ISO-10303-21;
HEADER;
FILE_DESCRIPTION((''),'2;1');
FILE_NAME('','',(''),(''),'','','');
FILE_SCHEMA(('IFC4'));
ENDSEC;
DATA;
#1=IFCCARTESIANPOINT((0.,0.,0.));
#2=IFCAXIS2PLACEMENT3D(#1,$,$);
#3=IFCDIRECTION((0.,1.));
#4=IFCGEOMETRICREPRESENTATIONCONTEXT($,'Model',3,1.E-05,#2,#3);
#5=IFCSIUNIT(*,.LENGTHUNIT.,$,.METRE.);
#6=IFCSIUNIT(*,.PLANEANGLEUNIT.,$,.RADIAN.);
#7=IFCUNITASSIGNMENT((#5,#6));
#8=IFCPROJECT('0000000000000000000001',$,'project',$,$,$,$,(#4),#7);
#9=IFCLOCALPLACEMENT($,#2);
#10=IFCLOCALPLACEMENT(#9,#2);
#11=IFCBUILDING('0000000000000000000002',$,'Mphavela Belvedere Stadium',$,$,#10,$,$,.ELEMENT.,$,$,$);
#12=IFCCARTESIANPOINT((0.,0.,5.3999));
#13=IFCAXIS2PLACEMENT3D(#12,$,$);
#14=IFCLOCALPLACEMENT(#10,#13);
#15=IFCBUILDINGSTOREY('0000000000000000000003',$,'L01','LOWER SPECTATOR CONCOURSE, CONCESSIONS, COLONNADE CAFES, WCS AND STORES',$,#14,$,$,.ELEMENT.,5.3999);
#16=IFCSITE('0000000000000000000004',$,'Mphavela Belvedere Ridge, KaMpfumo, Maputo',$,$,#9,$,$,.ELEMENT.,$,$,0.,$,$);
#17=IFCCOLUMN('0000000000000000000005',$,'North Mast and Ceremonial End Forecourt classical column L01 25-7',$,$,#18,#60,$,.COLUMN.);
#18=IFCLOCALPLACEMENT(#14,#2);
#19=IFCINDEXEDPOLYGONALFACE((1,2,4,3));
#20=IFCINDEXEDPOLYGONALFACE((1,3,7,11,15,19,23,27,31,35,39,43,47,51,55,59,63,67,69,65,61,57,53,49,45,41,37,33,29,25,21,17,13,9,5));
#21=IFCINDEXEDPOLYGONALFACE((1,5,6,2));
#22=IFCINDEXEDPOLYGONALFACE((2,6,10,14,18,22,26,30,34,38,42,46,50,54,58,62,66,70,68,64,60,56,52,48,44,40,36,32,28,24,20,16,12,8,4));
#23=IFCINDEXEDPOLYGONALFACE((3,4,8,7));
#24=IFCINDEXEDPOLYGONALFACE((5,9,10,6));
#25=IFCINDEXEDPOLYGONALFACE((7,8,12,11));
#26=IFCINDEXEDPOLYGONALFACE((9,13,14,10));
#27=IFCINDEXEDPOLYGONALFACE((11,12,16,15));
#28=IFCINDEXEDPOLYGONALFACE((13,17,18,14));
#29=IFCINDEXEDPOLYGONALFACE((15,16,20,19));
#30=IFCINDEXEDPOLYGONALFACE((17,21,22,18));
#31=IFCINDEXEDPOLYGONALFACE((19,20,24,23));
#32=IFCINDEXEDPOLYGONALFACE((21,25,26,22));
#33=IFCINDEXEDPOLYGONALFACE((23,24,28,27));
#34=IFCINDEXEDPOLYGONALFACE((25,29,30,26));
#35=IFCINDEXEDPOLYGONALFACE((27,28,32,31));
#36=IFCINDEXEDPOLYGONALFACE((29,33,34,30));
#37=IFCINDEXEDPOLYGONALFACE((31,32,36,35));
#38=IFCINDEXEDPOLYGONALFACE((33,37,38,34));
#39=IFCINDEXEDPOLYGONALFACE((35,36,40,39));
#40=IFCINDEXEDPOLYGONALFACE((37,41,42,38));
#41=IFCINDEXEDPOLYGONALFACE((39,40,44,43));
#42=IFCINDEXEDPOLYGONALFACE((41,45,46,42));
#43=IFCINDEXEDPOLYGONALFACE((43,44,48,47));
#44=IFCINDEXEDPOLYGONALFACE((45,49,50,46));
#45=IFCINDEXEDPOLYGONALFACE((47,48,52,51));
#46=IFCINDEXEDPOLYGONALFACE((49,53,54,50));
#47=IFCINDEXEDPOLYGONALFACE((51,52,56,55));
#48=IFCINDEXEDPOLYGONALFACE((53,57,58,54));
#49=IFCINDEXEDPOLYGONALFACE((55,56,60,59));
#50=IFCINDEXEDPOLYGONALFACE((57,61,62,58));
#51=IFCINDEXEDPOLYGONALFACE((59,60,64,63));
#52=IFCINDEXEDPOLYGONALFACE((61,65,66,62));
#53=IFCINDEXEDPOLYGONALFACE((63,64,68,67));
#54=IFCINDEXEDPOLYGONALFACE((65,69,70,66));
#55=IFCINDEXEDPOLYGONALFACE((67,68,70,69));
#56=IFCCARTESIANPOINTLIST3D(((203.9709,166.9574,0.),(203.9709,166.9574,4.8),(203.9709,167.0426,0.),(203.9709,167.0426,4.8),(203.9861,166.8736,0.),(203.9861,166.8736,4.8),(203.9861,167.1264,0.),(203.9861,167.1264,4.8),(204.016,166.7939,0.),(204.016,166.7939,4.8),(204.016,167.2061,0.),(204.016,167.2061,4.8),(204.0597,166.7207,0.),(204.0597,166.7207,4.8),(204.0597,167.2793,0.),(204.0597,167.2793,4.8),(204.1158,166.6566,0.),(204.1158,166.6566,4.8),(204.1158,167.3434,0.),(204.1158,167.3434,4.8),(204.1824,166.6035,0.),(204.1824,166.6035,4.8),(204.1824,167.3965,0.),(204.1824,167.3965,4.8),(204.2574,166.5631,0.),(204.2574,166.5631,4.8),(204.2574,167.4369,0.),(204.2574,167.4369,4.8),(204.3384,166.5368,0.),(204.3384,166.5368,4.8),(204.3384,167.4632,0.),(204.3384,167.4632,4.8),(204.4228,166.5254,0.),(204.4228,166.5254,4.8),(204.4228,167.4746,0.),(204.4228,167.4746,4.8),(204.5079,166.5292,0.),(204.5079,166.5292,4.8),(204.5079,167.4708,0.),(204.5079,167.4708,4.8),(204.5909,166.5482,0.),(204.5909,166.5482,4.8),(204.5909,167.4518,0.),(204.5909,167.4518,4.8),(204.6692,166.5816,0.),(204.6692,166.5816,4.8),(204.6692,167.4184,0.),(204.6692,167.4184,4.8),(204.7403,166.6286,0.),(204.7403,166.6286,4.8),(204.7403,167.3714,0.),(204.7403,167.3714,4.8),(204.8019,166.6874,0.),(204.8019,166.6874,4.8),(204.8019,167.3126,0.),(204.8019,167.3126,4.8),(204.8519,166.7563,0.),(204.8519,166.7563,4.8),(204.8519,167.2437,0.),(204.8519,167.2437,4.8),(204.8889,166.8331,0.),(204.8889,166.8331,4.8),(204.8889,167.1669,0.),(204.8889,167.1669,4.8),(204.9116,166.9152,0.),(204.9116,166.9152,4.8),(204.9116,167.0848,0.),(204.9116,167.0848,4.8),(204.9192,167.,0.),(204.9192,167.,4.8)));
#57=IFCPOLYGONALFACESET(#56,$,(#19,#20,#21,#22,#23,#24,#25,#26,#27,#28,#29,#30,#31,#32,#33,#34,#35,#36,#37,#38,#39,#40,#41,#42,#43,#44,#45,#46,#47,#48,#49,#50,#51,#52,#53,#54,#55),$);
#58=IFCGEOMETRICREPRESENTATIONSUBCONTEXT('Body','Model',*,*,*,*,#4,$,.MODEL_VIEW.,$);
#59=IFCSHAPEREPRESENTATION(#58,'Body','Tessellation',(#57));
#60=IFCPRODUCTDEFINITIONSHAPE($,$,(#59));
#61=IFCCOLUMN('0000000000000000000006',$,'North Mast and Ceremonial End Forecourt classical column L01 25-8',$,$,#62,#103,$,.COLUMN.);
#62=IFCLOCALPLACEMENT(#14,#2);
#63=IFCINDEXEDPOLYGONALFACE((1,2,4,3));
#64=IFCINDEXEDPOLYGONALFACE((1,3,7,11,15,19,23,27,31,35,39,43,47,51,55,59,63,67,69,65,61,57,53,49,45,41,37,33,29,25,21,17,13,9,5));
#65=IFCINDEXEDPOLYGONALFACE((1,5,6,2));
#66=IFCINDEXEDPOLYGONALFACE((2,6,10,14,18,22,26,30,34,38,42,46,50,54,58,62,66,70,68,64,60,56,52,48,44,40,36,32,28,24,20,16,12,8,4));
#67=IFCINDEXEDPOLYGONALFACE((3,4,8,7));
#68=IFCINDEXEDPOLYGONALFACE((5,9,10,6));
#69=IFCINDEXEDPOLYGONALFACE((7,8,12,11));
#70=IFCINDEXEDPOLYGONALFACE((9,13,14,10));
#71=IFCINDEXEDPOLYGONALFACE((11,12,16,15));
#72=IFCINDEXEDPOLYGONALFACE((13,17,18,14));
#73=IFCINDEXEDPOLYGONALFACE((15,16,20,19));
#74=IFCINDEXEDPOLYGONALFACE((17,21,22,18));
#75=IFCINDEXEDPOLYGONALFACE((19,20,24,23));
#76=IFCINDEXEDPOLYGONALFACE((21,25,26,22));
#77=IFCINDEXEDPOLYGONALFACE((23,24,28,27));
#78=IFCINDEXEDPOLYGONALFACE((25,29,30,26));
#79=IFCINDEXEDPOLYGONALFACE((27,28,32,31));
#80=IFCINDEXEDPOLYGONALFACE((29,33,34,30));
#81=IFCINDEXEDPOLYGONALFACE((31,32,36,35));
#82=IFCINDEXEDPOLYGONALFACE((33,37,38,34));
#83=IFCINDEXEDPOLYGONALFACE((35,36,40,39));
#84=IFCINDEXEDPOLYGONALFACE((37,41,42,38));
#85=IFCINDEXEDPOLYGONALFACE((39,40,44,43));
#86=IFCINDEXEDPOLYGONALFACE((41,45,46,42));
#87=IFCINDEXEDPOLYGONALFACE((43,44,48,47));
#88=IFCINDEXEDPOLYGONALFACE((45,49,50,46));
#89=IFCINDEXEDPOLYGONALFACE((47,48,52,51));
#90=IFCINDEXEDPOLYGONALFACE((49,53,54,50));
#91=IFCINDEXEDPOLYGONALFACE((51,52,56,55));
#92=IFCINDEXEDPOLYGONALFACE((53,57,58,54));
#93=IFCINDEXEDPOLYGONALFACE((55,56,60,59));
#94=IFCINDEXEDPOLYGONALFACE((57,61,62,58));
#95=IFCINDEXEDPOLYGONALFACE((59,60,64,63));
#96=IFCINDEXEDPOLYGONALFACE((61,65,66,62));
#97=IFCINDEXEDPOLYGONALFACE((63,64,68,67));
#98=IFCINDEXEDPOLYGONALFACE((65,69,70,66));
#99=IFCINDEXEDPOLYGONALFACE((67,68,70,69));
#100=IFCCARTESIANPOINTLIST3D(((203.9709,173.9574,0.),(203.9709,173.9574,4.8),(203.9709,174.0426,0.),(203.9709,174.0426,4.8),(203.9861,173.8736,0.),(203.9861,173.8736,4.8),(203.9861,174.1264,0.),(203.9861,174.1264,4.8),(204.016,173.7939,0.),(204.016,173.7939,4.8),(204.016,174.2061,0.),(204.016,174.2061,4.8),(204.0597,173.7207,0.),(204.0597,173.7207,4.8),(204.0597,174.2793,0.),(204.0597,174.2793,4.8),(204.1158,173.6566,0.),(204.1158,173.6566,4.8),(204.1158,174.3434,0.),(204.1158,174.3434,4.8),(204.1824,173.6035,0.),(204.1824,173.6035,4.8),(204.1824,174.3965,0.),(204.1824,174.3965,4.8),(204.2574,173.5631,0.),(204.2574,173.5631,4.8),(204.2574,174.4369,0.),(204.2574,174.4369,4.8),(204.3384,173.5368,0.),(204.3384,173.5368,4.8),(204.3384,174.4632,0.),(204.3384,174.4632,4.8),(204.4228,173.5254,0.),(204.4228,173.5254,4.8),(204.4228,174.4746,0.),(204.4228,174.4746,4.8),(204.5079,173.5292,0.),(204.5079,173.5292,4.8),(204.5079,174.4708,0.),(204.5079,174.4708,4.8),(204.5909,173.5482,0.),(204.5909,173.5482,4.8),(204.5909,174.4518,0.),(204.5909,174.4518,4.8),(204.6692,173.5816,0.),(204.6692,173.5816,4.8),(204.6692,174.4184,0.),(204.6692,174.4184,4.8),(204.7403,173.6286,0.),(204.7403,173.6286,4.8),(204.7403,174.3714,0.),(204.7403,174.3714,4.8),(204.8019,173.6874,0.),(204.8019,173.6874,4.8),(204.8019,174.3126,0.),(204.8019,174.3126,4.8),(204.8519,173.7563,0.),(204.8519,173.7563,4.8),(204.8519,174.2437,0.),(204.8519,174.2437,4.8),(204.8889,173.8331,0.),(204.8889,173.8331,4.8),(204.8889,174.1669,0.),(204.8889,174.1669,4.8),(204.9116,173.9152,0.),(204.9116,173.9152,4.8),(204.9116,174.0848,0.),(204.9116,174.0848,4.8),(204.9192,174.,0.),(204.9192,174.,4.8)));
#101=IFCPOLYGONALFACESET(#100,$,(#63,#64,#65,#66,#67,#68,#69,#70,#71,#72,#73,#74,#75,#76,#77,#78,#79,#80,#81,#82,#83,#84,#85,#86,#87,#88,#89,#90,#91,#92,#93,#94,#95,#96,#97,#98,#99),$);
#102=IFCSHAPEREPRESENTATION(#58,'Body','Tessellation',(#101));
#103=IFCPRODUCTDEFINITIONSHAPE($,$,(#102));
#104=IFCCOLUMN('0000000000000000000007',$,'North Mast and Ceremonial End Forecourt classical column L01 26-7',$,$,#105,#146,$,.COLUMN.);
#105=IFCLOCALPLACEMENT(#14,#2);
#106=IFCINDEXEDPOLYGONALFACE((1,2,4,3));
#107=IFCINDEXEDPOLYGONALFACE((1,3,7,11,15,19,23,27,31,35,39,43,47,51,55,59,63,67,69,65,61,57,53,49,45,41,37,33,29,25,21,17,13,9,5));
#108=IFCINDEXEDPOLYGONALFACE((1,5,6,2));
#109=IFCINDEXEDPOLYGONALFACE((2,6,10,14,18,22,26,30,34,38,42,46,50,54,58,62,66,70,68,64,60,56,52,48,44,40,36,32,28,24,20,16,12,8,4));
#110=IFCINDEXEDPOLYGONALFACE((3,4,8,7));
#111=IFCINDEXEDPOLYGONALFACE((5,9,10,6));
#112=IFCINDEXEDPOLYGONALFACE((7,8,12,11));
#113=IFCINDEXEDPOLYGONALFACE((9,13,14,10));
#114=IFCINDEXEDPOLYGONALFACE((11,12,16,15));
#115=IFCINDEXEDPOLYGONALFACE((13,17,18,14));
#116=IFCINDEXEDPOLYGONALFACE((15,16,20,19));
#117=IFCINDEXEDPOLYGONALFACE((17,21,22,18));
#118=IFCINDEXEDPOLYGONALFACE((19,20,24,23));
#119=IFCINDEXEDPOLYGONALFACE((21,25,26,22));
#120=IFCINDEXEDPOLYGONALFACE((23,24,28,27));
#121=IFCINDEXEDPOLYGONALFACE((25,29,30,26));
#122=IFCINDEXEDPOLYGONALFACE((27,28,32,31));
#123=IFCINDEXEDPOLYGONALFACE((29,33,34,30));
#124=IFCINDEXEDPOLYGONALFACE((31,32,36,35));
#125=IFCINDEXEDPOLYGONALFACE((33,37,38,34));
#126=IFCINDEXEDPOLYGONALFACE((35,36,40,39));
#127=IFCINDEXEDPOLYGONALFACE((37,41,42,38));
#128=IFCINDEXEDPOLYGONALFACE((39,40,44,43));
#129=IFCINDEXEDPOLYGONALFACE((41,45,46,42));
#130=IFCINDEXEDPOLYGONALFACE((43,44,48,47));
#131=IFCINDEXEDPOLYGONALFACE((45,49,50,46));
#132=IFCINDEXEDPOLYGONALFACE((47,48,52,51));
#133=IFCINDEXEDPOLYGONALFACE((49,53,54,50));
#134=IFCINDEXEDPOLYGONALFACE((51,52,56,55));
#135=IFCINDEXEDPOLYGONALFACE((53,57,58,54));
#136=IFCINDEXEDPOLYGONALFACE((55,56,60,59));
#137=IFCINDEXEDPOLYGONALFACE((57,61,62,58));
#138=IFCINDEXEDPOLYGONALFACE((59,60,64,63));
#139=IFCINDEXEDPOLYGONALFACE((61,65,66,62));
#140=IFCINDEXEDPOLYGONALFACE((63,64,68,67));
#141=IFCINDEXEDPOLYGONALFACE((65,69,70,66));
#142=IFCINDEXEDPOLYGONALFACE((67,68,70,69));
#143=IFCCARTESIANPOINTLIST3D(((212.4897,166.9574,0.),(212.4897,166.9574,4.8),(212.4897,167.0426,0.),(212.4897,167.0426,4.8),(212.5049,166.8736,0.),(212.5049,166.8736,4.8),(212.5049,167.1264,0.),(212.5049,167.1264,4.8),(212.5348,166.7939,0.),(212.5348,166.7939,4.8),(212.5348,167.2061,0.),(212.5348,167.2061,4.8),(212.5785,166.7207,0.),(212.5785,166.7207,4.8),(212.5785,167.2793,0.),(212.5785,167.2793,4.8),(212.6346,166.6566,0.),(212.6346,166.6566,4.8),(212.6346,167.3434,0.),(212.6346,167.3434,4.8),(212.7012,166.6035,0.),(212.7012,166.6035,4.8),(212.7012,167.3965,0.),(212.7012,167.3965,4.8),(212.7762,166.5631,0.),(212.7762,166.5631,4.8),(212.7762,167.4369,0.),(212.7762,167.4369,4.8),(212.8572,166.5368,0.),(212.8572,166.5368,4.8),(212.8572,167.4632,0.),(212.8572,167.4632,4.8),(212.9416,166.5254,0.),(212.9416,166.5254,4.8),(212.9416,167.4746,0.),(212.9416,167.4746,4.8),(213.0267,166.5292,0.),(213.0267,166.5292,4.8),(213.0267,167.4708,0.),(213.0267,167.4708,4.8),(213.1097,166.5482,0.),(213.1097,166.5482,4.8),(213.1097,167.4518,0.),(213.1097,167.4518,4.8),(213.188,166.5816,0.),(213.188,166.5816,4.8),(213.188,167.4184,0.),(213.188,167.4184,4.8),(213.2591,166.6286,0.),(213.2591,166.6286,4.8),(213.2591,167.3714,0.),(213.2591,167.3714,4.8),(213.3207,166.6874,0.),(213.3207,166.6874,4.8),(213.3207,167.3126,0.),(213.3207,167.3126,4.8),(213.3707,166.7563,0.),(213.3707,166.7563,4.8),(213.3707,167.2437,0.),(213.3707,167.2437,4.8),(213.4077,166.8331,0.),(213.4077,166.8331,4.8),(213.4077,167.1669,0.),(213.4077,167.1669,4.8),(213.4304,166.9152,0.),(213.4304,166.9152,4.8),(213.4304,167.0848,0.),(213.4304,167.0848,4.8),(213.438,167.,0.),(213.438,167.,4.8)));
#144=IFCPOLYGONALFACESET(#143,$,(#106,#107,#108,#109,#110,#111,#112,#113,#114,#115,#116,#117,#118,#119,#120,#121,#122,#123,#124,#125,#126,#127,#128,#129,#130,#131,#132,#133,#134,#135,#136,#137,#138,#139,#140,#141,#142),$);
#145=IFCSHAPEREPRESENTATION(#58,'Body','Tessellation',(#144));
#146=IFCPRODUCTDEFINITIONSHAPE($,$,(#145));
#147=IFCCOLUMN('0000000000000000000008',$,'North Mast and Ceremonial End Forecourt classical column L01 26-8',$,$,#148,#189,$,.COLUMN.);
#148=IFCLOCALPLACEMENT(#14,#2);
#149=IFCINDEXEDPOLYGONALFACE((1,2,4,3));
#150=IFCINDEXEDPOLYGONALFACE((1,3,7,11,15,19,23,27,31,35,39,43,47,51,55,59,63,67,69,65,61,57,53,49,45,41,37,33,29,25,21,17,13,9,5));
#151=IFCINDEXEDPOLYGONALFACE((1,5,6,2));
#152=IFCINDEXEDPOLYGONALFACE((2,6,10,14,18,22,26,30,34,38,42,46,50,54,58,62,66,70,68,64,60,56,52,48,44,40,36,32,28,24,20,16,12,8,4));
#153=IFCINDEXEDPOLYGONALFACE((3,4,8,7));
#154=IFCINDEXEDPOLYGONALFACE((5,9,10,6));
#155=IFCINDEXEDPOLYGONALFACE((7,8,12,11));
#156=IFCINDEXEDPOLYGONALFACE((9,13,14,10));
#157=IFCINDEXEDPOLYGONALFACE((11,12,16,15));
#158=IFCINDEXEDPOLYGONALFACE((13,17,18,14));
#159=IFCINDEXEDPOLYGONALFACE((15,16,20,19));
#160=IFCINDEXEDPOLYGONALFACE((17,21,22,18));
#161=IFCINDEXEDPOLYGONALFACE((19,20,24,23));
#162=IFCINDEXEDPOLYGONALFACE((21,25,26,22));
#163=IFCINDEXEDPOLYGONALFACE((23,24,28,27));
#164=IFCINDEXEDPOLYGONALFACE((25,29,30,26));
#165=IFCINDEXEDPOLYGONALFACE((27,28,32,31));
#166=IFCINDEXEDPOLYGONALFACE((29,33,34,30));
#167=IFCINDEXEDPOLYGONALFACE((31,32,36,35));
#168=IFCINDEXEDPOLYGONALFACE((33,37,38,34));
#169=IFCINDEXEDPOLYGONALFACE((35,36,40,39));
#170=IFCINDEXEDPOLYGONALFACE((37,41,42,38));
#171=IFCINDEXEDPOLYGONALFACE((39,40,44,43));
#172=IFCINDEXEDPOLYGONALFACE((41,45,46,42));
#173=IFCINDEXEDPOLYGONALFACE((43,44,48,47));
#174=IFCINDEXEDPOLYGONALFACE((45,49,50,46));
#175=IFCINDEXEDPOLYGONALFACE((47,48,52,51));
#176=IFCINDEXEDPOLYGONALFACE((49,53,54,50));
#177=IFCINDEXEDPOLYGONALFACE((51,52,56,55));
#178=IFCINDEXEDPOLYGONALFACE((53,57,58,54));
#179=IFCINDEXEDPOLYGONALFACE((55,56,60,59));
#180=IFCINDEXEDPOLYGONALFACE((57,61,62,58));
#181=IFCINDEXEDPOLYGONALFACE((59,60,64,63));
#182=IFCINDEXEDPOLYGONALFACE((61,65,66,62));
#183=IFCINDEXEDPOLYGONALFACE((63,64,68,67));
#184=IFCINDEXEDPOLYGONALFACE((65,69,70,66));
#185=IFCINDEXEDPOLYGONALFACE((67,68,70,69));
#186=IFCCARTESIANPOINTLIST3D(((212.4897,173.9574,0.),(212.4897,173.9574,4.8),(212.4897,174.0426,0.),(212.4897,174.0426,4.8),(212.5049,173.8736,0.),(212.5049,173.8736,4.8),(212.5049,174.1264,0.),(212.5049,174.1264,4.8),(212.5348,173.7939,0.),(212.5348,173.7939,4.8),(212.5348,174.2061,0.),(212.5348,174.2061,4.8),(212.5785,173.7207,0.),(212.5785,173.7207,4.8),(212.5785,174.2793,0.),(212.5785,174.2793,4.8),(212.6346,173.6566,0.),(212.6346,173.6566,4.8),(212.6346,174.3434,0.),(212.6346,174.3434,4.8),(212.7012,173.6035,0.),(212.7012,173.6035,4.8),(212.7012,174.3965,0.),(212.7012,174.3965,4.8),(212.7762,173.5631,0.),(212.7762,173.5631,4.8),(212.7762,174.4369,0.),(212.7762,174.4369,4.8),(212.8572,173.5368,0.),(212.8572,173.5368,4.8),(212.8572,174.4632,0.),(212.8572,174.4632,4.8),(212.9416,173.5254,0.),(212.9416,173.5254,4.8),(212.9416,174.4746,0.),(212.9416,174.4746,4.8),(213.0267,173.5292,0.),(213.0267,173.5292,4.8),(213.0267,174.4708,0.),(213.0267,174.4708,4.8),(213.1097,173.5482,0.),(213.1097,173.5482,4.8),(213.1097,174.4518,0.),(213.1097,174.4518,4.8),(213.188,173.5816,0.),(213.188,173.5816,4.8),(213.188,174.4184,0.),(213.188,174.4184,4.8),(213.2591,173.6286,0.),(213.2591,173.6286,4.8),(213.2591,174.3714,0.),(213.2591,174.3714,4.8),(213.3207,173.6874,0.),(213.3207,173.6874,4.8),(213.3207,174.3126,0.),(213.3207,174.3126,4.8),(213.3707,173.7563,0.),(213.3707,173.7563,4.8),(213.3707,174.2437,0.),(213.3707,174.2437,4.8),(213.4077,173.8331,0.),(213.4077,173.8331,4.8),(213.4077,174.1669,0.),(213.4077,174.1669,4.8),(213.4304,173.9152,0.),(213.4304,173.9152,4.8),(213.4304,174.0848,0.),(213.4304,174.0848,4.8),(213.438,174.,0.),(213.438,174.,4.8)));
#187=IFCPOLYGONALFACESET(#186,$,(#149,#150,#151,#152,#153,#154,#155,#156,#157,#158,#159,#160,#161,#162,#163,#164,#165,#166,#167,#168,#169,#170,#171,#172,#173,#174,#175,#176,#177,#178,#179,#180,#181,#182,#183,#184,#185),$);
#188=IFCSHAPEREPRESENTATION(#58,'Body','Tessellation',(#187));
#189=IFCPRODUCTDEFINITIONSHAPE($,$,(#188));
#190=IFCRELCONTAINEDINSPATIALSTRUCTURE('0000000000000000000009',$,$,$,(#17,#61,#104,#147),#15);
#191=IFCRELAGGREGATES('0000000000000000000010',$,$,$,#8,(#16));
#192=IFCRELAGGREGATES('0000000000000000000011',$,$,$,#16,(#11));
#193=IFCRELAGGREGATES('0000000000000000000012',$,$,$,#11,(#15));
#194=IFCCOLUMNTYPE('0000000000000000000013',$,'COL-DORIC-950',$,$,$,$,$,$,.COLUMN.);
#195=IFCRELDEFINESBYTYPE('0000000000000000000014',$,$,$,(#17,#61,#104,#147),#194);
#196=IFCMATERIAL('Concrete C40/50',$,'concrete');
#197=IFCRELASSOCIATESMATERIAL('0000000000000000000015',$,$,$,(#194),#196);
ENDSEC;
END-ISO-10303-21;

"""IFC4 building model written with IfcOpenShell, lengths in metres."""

from ifc_helpers import new_model, si_unit, direction, frame, origin, origin_2d, place, context, subcontext, project, spatial, circle, extrude, material, material_profile, profile_set, type_object, element, save


model = new_model("IFC4")

# Units and contexts
model_context = context("Model", 3, precision=1e-05, world=origin(), true_north=direction((0.0, 1.0)))
body_context = subcontext(model_context, "Body", "Model", "MODEL_VIEW")
ifc_project = project(units=[si_unit("LENGTHUNIT", "METRE"), si_unit("PLANEANGLEUNIT", "RADIAN")], contexts=[model_context])

# Site, building, storey
site_placement = place(None, origin())
site = spatial("IfcSite", under=ifc_project, at=site_placement, Name="Mphavela Belvedere Ridge, KaMpfumo, Maputo", CompositionType="ELEMENT", RefElevation=0.0)
building_placement = place(site_placement, origin())
building = spatial("IfcBuilding", under=site, at=building_placement, Name="Mphavela Belvedere Stadium", CompositionType="ELEMENT")
storey_placement = place(building_placement, frame((0.0, 0.0, 5.3999)))
storey = spatial("IfcBuildingStorey", under=building, at=storey_placement, Name="L01", Description="LOWER SPECTATOR CONCOURSE, CONCESSIONS, COLONNADE CAFES, WCS AND STORES", CompositionType="ELEMENT", Elevation=5.3999)

# Columns
ifc_material_1 = material(Name="Concrete C40/50", Category="concrete")
ifc_material_profile_1 = material_profile(ifc_material_1, circle(Radius=0.4751, at=origin_2d()), Name="COL D950")
ifc_profile_set_1 = profile_set([ifc_material_profile_1], Name="Concrete C40/50")
column_type = type_object("IfcColumnType", Name="COL-DORIC-950", PredefinedType="COLUMN", material=ifc_profile_set_1)
for number, where, z_axis, x_axis, name in (
    (1, (204.4441, 167.0, 0.0), (0.0, 0.0, 1.0), (1.0, 0.0, 0.0), "North Mast and Ceremonial End Forecourt classical column L01 25-7"),
    (2, (204.4441, 174.0, 0.0), (0.0, 0.0, 1.0), (1.0, 0.0, 0.0), "North Mast and Ceremonial End Forecourt classical column L01 25-8"),
    (3, (212.9629, 167.0, 0.0), (0.0, 0.0, 1.0), (1.0, 0.0, 0.0), "North Mast and Ceremonial End Forecourt classical column L01 26-7"),
    (4, (212.9629, 174.0, 0.0), (0.0, 0.0, 1.0), (1.0, 0.0, 0.0), "North Mast and Ceremonial End Forecourt classical column L01 26-8"),
):
    element("IfcColumn", number, at=place(storey_placement, frame(where, z_axis=z_axis, x_axis=x_axis)), inside=storey, type_object=column_type, Name=name, PredefinedType="COLUMN", context=body_context, shape_type="SweptSolid", body=[
        extrude(circle(Radius=0.4751, at=origin_2d()), origin(), (0.0, 0.0, 1.0), 4.8),
    ])

save(model, "model.ifc")
